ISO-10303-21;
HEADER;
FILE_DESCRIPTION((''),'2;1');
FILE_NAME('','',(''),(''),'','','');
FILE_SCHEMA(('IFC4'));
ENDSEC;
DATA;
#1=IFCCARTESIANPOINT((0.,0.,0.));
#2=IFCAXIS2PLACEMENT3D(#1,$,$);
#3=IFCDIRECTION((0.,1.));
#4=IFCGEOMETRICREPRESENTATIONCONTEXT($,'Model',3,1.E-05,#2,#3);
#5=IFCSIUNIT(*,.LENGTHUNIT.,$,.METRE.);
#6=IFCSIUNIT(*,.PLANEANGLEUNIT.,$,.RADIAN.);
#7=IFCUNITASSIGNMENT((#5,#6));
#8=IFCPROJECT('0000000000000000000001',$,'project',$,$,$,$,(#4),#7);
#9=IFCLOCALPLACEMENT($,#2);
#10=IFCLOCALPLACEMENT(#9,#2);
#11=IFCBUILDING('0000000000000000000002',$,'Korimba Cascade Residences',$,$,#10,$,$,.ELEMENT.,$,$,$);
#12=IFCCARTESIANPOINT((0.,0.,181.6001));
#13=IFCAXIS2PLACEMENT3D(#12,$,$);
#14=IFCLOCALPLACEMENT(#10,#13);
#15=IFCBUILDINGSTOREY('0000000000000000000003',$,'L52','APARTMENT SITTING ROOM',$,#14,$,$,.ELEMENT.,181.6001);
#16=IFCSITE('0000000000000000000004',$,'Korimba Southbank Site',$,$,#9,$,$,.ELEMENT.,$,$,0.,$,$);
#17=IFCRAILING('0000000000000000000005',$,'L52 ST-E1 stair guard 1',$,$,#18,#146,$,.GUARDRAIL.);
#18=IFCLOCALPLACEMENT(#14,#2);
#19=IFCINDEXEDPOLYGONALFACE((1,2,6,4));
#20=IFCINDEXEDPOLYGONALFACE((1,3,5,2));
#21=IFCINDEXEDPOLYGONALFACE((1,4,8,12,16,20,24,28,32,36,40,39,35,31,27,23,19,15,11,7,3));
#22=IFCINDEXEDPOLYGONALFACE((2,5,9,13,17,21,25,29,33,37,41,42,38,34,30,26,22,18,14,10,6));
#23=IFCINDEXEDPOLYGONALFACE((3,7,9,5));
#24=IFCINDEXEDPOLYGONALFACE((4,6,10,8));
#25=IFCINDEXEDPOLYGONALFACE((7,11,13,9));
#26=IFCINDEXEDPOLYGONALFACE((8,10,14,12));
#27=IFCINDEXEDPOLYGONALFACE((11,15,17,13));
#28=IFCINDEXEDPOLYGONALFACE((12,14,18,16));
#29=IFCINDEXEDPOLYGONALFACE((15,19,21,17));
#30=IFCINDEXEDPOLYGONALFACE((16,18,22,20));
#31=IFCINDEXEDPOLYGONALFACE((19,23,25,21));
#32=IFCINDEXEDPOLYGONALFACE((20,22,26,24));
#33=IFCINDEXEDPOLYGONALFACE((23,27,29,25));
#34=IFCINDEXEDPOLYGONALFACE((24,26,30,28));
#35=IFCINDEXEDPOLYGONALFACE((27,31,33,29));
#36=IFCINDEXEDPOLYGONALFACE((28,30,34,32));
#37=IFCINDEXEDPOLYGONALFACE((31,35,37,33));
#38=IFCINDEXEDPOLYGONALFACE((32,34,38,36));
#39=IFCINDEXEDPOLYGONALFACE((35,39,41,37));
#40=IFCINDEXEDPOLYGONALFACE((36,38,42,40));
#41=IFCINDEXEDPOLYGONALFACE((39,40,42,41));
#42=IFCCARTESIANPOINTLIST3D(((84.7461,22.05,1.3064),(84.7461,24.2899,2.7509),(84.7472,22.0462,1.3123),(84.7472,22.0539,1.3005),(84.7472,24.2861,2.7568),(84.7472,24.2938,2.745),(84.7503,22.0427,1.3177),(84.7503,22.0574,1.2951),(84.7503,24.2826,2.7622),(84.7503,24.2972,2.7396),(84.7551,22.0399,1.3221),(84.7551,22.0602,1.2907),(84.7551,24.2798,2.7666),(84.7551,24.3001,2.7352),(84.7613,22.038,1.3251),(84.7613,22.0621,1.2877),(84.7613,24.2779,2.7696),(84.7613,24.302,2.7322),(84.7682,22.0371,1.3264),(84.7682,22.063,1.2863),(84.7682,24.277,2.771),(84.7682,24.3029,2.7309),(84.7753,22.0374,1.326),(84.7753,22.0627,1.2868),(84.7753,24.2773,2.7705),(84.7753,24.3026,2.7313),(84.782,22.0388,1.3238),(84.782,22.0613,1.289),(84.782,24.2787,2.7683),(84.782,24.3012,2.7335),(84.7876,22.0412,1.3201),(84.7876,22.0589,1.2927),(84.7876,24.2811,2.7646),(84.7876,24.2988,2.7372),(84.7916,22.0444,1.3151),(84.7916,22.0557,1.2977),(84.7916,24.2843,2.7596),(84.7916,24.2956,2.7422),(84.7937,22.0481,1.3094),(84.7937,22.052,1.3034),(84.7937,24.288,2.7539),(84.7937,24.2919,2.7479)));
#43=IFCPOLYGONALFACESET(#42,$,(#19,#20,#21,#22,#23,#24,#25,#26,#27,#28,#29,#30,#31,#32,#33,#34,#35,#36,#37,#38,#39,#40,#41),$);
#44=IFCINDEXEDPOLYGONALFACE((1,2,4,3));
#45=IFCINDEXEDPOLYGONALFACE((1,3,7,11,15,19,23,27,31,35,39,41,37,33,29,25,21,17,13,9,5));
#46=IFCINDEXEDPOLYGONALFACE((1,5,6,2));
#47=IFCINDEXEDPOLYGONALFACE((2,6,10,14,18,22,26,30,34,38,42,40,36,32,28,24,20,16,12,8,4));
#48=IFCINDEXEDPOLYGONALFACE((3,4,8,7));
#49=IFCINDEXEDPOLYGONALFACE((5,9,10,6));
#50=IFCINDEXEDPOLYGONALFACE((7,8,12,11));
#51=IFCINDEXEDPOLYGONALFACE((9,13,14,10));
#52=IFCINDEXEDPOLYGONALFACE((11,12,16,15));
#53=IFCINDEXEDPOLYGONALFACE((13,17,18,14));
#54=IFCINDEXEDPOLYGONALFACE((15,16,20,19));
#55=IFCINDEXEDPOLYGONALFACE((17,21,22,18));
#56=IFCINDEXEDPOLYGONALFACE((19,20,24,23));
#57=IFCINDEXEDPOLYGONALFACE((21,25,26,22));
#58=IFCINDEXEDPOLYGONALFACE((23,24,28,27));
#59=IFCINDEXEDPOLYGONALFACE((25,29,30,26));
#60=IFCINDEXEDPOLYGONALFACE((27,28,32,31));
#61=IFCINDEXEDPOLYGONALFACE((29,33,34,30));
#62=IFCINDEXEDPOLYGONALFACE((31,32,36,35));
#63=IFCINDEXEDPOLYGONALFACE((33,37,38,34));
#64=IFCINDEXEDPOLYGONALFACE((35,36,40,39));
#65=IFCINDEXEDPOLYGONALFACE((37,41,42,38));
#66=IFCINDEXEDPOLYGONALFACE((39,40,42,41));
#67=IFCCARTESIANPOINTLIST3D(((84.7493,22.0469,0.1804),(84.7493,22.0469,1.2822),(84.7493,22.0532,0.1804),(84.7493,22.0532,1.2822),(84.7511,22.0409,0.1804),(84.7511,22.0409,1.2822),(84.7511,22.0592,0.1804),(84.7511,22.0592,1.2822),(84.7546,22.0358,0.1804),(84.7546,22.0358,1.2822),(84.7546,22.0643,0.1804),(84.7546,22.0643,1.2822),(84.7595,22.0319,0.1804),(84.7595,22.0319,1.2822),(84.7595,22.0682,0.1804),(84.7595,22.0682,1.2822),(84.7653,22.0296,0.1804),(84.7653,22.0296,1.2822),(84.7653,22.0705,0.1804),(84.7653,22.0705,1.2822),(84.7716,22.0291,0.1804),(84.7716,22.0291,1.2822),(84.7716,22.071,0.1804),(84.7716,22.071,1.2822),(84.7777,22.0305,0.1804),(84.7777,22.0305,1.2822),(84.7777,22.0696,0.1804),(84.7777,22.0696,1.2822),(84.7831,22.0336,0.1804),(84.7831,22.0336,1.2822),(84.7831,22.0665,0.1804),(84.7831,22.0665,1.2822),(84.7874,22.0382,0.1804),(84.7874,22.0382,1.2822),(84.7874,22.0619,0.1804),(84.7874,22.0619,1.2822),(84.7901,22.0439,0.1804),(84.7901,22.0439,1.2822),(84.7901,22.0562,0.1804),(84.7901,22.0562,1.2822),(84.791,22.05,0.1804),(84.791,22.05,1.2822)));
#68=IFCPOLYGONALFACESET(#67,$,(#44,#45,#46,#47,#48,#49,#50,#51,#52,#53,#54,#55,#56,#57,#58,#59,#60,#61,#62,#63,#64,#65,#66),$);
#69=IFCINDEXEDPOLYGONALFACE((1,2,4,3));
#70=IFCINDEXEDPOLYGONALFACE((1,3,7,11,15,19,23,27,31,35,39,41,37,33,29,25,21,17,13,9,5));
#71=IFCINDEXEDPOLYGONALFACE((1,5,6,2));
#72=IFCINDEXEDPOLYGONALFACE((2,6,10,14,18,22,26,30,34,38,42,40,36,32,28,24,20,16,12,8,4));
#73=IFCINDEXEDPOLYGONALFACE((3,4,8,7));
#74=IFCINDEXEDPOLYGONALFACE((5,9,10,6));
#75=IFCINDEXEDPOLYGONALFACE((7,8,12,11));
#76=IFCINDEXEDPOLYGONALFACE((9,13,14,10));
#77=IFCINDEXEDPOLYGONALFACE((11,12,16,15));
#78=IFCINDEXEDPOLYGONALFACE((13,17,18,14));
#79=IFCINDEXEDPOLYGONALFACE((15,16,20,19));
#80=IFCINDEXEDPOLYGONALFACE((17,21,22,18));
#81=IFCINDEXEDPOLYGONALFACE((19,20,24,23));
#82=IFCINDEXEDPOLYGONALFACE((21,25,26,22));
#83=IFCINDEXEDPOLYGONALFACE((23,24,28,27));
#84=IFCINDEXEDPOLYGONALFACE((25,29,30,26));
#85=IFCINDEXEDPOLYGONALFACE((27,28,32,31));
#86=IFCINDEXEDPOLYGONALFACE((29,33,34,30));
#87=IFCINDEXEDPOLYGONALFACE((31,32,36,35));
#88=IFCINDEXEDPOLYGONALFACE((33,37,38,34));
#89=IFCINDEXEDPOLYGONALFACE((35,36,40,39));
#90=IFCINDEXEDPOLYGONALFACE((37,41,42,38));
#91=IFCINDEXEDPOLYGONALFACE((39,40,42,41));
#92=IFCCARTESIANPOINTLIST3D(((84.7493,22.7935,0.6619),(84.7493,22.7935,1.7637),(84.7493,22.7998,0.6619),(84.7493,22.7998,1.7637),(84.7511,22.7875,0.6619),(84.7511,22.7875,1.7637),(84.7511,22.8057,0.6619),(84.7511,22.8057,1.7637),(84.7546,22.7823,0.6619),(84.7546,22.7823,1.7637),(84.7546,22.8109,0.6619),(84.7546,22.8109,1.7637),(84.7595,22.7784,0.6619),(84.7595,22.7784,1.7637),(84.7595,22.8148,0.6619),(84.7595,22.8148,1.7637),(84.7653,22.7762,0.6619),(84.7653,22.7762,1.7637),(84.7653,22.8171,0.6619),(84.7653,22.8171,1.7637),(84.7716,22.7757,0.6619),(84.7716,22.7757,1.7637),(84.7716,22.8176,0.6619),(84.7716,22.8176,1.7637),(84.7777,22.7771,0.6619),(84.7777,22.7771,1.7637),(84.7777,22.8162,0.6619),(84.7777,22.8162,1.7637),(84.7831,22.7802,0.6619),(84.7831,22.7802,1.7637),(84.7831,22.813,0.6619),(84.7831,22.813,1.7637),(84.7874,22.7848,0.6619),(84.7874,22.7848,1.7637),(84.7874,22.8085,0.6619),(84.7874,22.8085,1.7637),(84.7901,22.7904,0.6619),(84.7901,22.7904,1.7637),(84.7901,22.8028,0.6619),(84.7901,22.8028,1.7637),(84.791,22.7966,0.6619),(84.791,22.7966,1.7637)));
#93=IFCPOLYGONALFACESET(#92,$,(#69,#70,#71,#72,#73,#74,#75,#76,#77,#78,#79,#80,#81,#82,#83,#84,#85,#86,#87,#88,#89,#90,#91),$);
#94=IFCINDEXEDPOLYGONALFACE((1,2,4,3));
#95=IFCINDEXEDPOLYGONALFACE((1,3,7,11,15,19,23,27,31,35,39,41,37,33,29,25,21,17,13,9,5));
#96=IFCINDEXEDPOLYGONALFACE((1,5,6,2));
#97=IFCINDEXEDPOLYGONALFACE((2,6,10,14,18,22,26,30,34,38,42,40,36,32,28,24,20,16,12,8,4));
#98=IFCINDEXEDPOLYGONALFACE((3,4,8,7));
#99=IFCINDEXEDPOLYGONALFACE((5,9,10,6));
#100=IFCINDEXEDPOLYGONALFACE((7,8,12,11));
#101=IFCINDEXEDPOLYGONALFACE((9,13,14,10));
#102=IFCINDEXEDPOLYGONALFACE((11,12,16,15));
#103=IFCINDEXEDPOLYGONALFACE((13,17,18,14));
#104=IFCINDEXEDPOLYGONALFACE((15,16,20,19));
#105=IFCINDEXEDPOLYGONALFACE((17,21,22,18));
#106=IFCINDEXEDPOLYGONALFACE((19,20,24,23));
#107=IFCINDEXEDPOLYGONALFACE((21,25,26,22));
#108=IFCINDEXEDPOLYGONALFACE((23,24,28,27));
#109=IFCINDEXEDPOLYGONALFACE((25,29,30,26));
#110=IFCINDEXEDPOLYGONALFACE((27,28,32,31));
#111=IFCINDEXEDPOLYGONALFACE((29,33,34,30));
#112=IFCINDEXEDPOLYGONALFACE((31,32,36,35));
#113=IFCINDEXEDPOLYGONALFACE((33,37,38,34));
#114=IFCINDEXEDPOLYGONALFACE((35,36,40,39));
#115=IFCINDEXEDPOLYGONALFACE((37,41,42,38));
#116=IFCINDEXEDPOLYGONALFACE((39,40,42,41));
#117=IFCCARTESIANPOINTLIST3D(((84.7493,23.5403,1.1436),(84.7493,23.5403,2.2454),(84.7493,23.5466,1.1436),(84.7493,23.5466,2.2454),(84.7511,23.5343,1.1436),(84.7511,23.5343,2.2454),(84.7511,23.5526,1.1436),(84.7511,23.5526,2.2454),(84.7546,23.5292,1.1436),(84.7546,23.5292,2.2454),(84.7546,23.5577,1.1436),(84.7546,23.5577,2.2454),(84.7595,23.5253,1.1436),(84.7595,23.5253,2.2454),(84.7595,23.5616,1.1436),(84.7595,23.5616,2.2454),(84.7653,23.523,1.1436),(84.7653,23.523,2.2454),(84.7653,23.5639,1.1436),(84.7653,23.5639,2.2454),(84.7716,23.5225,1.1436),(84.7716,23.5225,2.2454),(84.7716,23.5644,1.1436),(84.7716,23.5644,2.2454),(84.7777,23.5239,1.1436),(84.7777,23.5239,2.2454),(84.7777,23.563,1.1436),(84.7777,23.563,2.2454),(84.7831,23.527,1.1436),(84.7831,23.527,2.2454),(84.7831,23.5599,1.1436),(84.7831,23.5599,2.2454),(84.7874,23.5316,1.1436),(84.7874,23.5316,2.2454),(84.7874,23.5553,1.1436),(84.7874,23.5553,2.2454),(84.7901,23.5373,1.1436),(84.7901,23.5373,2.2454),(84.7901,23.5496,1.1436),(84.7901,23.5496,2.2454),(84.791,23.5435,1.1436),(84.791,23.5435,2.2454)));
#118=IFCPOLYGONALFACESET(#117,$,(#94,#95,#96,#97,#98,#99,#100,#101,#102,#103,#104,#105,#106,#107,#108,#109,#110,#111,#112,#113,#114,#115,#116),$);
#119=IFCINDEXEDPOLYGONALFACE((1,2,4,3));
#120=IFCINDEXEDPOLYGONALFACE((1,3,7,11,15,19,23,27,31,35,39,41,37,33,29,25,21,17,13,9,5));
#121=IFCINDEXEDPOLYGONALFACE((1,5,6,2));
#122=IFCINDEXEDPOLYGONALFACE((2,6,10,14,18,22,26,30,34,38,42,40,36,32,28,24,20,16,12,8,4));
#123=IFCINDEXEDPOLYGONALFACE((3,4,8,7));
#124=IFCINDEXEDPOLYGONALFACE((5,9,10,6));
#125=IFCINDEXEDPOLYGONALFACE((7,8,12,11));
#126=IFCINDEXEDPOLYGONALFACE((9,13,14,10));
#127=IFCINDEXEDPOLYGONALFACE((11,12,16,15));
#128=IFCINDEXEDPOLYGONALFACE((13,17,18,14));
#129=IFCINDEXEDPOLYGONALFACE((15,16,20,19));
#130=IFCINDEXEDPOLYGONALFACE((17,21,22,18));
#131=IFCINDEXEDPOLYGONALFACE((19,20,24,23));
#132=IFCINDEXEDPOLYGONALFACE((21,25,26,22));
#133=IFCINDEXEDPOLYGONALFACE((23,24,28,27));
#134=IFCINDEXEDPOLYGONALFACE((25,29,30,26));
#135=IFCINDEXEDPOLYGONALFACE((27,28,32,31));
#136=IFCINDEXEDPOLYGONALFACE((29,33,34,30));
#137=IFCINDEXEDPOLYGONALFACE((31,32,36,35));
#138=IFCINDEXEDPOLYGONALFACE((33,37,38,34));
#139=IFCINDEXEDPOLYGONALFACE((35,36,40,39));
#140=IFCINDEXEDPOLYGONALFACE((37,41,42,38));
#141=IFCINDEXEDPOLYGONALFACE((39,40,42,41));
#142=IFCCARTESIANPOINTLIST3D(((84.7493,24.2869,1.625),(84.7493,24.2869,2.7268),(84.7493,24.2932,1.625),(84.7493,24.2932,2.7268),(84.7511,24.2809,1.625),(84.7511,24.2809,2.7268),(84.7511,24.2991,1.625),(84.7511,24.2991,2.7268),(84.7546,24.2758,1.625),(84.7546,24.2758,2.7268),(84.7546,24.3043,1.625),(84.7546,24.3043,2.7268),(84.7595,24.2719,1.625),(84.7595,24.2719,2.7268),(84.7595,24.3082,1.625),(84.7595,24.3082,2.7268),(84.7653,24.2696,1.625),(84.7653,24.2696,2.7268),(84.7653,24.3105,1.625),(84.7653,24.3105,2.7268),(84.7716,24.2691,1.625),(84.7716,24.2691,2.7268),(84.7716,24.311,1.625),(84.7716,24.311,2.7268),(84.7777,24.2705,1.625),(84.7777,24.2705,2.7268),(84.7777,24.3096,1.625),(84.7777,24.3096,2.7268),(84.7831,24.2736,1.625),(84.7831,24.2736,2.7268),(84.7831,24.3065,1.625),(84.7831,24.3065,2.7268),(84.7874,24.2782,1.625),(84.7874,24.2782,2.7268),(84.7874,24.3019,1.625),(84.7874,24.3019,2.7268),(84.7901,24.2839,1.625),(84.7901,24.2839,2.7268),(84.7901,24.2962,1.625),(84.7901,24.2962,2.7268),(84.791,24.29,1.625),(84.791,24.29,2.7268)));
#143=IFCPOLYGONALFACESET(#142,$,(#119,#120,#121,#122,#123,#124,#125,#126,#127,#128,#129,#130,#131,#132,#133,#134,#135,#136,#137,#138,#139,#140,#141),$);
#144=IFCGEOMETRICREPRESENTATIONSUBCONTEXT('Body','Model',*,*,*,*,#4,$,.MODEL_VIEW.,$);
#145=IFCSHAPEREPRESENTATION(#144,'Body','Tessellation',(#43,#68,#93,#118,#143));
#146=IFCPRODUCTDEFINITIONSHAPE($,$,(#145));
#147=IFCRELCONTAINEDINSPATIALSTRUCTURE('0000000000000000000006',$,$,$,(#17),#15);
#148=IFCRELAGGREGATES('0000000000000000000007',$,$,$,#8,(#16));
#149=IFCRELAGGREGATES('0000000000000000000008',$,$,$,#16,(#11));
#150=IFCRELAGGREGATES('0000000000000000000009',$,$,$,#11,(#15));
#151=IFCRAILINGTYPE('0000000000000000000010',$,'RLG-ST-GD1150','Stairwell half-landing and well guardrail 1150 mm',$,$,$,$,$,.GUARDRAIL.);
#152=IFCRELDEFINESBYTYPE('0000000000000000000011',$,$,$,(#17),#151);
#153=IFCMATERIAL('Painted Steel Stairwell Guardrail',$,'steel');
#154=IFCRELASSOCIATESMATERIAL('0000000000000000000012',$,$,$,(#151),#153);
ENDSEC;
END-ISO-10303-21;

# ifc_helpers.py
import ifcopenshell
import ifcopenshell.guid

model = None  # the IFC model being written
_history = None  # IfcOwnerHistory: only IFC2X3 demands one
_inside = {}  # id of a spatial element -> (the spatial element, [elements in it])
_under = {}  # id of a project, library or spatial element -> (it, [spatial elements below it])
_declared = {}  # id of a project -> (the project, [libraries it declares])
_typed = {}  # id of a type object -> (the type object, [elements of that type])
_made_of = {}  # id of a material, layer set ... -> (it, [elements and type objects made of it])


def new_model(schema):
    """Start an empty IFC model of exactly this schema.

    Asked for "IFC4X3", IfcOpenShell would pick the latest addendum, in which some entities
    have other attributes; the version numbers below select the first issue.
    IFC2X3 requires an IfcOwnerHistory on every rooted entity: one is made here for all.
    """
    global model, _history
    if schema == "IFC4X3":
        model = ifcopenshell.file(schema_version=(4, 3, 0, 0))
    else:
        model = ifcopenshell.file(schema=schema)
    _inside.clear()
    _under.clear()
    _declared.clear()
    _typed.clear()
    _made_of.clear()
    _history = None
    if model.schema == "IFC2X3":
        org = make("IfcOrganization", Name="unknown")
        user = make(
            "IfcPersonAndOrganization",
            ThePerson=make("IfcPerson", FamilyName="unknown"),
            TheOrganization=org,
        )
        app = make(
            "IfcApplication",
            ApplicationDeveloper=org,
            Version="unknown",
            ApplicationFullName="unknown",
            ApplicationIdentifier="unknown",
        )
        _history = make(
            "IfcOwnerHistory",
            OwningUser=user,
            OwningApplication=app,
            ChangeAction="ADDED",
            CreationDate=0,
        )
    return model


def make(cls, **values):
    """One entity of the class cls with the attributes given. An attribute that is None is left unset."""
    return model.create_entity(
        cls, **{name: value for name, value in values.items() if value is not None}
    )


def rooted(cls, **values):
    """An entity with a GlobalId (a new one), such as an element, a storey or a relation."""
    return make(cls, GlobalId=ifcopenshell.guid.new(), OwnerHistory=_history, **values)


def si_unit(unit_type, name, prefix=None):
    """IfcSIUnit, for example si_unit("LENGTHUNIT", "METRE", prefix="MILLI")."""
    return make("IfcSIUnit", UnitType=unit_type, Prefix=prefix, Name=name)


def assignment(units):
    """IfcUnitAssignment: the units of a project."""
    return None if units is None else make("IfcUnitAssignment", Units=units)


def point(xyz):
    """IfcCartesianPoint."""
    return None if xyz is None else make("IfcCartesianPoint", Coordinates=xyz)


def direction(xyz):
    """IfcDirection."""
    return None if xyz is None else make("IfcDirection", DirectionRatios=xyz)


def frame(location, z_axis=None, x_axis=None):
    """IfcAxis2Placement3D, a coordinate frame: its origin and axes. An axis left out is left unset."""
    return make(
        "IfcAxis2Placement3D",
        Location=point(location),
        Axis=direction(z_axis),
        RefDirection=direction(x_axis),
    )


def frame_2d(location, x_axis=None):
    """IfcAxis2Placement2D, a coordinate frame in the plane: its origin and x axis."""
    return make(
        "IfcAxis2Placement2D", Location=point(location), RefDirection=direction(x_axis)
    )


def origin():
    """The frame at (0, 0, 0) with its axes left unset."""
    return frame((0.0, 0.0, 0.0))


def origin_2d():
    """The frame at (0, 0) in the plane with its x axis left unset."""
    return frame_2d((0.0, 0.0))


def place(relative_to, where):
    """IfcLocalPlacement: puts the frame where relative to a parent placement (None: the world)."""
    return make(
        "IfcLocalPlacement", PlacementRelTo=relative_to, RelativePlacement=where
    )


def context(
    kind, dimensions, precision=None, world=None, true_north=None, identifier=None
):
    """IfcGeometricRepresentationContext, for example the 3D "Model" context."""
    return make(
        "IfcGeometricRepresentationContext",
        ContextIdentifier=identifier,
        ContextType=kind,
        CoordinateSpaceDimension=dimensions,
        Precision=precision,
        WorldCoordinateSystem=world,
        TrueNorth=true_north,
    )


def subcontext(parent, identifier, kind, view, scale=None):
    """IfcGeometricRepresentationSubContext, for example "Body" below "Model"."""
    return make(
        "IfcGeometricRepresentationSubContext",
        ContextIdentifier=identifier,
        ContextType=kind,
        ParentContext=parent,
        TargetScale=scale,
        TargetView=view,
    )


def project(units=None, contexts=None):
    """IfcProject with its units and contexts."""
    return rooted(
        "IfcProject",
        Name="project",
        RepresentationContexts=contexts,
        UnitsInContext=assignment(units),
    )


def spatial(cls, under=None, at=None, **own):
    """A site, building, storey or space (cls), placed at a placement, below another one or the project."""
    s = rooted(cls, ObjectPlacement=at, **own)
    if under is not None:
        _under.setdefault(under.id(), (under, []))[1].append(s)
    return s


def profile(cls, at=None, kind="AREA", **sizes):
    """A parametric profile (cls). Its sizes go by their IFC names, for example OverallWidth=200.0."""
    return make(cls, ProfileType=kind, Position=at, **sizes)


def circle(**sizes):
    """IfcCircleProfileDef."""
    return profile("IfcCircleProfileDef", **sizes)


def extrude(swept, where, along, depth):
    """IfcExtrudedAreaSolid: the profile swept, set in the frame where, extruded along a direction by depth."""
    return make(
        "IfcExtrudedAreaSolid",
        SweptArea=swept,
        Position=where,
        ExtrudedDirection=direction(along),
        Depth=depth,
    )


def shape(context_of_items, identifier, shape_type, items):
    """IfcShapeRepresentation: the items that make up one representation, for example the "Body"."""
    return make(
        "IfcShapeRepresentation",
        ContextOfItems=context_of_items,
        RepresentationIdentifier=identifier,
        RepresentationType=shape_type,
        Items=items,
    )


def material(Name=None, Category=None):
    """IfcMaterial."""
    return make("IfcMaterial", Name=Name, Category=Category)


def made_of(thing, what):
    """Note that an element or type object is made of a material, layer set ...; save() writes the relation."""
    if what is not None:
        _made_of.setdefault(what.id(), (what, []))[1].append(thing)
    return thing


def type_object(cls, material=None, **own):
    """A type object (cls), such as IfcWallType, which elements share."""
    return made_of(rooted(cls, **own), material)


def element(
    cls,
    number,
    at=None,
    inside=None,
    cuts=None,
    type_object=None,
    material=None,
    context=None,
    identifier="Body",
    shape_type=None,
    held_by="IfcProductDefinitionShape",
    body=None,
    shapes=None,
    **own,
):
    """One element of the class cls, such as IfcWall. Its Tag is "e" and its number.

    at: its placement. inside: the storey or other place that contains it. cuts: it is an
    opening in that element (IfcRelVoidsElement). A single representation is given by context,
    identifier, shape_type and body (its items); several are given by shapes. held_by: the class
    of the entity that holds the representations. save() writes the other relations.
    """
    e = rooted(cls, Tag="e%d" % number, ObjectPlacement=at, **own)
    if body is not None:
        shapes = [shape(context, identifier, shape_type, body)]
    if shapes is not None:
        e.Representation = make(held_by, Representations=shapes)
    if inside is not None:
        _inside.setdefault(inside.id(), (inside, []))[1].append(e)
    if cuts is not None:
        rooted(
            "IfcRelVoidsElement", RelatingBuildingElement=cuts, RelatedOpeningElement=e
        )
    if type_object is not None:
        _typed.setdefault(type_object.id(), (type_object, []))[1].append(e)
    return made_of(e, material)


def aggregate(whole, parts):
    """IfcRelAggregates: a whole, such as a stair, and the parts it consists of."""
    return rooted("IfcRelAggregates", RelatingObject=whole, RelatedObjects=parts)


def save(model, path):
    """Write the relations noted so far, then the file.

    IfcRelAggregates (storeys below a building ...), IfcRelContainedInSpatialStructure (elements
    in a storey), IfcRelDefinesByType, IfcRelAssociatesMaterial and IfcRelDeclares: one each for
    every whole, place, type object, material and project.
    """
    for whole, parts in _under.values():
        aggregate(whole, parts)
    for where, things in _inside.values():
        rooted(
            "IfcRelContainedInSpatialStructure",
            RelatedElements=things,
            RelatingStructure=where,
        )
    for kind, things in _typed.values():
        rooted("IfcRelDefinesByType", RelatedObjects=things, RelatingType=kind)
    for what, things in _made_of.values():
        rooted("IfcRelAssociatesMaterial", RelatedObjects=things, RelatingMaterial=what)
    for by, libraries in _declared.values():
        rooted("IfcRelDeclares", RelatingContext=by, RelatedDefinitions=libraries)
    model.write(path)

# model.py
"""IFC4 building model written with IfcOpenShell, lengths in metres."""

from ifc_helpers import new_model, si_unit, direction, frame, origin, origin_2d, place, context, subcontext, project, spatial, circle, extrude, material, type_object, element, save


model = new_model("IFC4")

# Units and contexts
model_context = context("Model", 3, precision=1e-05, world=origin(), true_north=direction((0.0, 1.0)))
body_context = subcontext(model_context, "Body", "Model", "MODEL_VIEW")
ifc_project = project(units=[si_unit("LENGTHUNIT", "METRE"), si_unit("PLANEANGLEUNIT", "RADIAN")], contexts=[model_context])

# Site, building, storey
site_placement = place(None, origin())
site = spatial("IfcSite", under=ifc_project, at=site_placement, Name="Korimba Southbank Site", CompositionType="ELEMENT", RefElevation=0.0)
building_placement = place(site_placement, origin())
building = spatial("IfcBuilding", under=site, at=building_placement, Name="Korimba Cascade Residences", CompositionType="ELEMENT")
storey_placement = place(building_placement, frame((0.0, 0.0, 181.6001)))
storey = spatial("IfcBuildingStorey", under=building, at=storey_placement, Name="L52", Description="APARTMENT SITTING ROOM", CompositionType="ELEMENT", Elevation=181.6001)

# Railing
ifc_material_1 = material(Name="Painted Steel Stairwell Guardrail", Category="steel")
railing_type_1 = type_object("IfcRailingType", Name="RLG-ST-GD1150", Description="Stairwell half-landing and well guardrail 1150 mm", PredefinedType="GUARDRAIL", material=ifc_material_1)
railing_1_placement = place(storey_placement, frame((84.77, 22.05, 0.1804)))
element("IfcRailing", 1, at=railing_1_placement, inside=storey, type_object=railing_type_1, Name="L52 ST-E1 stair guard 1", PredefinedType="GUARDRAIL", context=body_context, shape_type="SweptSolid", body=[
    extrude(circle(Radius=0.0239, at=origin_2d()), frame((0.0, 0.0, 1.126), z_axis=(0.0, 0.840395, 0.541975), x_axis=(-1.0, 0.0, 0.0)), (0.0, 0.0, 1.0), 2.6653),
    extrude(circle(Radius=0.021, at=origin_2d()), origin(), (0.0, 0.0, 1.0), 1.1018),
    extrude(circle(Radius=0.021, at=origin_2d()), frame((0.0, 0.7466, 0.4814)), (0.0, 0.0, 1.0), 1.1018),
    extrude(circle(Radius=0.021, at=origin_2d()), frame((0.0, 1.4934, 0.9631)), (0.0, 0.0, 1.0), 1.1018),
    extrude(circle(Radius=0.021, at=origin_2d()), frame((0.0, 2.24, 1.4446)), (0.0, 0.0, 1.0), 1.1018),
])

save(model, "model.ifc")
